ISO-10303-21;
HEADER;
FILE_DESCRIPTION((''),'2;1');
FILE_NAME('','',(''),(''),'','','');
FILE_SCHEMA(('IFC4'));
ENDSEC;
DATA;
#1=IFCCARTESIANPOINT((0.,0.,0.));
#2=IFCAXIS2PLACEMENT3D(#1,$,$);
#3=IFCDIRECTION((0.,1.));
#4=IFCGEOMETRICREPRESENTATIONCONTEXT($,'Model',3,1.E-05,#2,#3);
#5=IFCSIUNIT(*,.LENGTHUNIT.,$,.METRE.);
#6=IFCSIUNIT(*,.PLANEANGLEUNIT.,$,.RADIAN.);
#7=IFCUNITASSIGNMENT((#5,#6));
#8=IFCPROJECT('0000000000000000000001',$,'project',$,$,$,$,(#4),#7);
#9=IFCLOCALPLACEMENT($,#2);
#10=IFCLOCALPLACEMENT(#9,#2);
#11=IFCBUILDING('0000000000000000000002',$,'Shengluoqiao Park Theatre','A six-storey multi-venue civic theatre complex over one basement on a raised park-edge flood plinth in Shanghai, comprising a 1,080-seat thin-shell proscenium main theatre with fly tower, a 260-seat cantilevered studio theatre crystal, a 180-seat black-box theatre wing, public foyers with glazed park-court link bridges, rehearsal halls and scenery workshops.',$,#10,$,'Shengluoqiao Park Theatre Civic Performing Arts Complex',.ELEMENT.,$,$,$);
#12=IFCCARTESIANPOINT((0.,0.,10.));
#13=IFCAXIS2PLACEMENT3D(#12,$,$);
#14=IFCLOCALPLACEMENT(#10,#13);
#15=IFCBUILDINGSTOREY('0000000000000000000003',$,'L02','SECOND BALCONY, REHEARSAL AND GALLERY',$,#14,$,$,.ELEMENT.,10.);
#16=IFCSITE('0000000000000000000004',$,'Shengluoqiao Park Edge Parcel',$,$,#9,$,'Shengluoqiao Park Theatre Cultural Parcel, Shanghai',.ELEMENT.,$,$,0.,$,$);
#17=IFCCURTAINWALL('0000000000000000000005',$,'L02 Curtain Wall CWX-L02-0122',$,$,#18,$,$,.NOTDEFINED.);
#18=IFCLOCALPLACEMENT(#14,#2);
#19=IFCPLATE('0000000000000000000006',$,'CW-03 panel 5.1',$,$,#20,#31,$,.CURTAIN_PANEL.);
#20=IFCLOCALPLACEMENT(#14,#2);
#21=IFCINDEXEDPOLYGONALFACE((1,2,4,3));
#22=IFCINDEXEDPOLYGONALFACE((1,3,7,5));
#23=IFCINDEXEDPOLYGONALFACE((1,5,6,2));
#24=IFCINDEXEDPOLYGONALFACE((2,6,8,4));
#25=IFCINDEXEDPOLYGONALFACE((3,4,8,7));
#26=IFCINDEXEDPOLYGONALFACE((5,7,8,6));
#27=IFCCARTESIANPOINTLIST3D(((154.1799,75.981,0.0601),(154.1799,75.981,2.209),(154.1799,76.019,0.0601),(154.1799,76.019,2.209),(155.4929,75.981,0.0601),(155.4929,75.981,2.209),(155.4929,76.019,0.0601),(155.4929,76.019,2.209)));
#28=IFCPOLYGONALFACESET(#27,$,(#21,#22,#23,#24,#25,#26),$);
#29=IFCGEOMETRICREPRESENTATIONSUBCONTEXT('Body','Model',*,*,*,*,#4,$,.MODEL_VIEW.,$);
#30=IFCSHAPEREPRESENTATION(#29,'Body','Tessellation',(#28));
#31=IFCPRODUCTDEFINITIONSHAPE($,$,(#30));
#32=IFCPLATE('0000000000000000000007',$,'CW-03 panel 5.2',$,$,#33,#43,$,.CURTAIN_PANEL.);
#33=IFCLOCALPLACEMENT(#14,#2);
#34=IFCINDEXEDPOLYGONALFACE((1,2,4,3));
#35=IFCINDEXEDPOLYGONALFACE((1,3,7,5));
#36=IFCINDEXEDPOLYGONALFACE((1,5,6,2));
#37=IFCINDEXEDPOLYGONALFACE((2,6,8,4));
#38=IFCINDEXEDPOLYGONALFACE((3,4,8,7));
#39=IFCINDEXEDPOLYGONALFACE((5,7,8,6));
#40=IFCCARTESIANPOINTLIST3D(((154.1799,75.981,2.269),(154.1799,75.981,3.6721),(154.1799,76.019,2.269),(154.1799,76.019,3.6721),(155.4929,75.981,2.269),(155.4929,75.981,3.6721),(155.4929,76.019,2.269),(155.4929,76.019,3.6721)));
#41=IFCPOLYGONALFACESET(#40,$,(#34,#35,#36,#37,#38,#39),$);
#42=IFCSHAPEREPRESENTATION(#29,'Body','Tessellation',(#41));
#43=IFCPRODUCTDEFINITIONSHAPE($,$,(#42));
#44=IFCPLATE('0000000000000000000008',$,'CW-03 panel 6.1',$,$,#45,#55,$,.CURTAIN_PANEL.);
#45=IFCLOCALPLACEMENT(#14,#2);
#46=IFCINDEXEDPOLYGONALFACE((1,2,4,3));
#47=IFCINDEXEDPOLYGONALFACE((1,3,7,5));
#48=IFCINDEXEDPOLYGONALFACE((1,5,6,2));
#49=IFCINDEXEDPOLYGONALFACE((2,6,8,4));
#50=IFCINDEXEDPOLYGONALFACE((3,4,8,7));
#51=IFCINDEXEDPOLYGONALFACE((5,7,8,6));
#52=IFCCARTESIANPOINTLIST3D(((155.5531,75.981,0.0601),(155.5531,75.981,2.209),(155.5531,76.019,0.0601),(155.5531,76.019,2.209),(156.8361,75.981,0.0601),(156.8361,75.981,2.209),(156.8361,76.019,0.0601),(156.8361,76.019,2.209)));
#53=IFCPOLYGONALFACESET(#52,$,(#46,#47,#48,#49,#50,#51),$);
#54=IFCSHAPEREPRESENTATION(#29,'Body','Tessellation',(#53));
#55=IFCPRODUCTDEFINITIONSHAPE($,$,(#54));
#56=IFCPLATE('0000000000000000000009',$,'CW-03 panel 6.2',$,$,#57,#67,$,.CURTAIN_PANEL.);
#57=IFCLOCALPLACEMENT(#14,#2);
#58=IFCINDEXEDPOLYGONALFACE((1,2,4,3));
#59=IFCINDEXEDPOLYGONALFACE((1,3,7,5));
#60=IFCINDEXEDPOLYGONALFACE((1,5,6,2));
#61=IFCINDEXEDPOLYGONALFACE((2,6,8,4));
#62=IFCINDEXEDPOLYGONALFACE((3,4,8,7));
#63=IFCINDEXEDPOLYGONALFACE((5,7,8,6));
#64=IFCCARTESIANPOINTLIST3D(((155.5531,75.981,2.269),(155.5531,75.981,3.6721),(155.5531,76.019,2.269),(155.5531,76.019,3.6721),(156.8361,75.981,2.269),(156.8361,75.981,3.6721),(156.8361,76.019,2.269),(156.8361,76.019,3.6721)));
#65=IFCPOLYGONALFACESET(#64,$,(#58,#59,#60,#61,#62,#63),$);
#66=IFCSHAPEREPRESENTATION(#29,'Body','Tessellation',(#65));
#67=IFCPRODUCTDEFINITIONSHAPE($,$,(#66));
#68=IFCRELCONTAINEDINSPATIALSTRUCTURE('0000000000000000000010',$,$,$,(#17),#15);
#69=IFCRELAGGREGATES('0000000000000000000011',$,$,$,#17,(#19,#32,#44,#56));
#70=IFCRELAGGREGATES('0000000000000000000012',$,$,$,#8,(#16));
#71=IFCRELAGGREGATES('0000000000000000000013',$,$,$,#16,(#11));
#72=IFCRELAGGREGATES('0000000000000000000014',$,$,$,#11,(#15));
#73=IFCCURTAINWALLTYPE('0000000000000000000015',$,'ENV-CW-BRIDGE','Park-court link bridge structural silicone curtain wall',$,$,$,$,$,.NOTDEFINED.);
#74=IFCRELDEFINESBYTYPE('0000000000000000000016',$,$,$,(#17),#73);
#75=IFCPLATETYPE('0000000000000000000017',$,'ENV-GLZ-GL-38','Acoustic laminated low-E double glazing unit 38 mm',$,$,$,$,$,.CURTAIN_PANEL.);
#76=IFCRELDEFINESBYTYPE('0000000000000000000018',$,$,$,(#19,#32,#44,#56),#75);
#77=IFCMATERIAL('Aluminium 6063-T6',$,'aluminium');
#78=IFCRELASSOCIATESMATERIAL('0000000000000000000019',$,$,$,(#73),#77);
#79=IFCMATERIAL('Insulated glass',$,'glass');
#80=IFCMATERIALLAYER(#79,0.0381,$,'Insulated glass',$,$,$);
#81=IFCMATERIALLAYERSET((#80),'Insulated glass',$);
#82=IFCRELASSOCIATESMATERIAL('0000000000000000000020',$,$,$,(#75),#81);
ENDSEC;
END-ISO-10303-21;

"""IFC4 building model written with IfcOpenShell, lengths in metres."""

from ifc_helpers import new_model, si_unit, direction, frame, origin, origin_2d, place, context, subcontext, project, spatial, rectangle, extrude, material, layer, layer_set, type_object, element, aggregate, save


model = new_model("IFC4")

# Units and contexts
model_context = context("Model", 3, precision=1e-05, world=origin(), true_north=direction((0.0, 1.0)))
body_context = subcontext(model_context, "Body", "Model", "MODEL_VIEW")
ifc_project = project(units=[si_unit("LENGTHUNIT", "METRE"), si_unit("PLANEANGLEUNIT", "RADIAN")], contexts=[model_context])

# Site, building, storey
site_placement = place(None, origin())
site = spatial("IfcSite", under=ifc_project, at=site_placement, Name="Shengluoqiao Park Edge Parcel", LongName="Shengluoqiao Park Theatre Cultural Parcel, Shanghai", CompositionType="ELEMENT", RefElevation=0.0)
building_placement = place(site_placement, origin())
building = spatial("IfcBuilding", under=site, at=building_placement, Name="Shengluoqiao Park Theatre", Description="A six-storey multi-venue civic theatre complex over one basement on a raised park-edge flood plinth in Shanghai, comprising a 1,080-seat thin-shell proscenium main theatre with fly tower, a 260-seat cantilevered studio theatre crystal, a 180-seat black-box theatre wing, public foyers with glazed park-court link bridges, rehearsal halls and scenery workshops.", LongName="Shengluoqiao Park Theatre Civic Performing Arts Complex", CompositionType="ELEMENT")
storey_placement = place(building_placement, frame((0.0, 0.0, 10.0)))
storey = spatial("IfcBuildingStorey", under=building, at=storey_placement, Name="L02", Description="SECOND BALCONY, REHEARSAL AND GALLERY", CompositionType="ELEMENT", Elevation=10.0)

# Curtain wall, plates
ifc_material_1 = material(Name="Aluminium 6063-T6", Category="aluminium")
curtain_wall_type = type_object("IfcCurtainWallType", Name="ENV-CW-BRIDGE", Description="Park-court link bridge structural silicone curtain wall", PredefinedType="NOTDEFINED", material=ifc_material_1)
curtain_wall_placement = place(storey_placement, origin())
curtain_wall = element("IfcCurtainWall", 1, at=curtain_wall_placement, inside=storey, type_object=curtain_wall_type, Name="L02 Curtain Wall CWX-L02-0122", PredefinedType="NOTDEFINED")
ifc_material_2 = material(Name="Insulated glass", Category="glass")
ifc_layer = layer(ifc_material_2, 0.0381, Name="Insulated glass")
ifc_layer_set = layer_set([ifc_layer], Name="Insulated glass")
plate_type = type_object("IfcPlateType", Name="ENV-GLZ-GL-38", Description="Acoustic laminated low-E double glazing unit 38 mm", PredefinedType="CURTAIN_PANEL", material=ifc_layer_set)
plate_1_placement = place(storey_placement, frame((154.8364, 76.0, 0.0601), z_axis=(0.0, 0.0, 1.0), x_axis=(1.0, 0.0, 0.0)))
plate_1 = element("IfcPlate", 2, at=plate_1_placement, type_object=plate_type, Name="CW-03 panel 5.1", PredefinedType="CURTAIN_PANEL", context=body_context, shape_type="SweptSolid", body=[
    extrude(rectangle(XDim=1.313, YDim=0.0381, at=origin_2d()), origin(), (0.0, 0.0, 1.0), 2.1489),
])
plate_2_placement = place(storey_placement, frame((154.8364, 76.0, 2.269), z_axis=(0.0, 0.0, 1.0), x_axis=(1.0, 0.0, 0.0)))
plate_2 = element("IfcPlate", 3, at=plate_2_placement, type_object=plate_type, Name="CW-03 panel 5.2", PredefinedType="CURTAIN_PANEL", context=body_context, shape_type="SweptSolid", body=[
    extrude(rectangle(XDim=1.313, YDim=0.0381, at=origin_2d()), origin(), (0.0, 0.0, 1.0), 1.4031),
])
plate_3_placement = place(storey_placement, frame((156.1946, 76.0, 0.0601), z_axis=(0.0, 0.0, 1.0), x_axis=(1.0, 0.0, 0.0)))
plate_3 = element("IfcPlate", 4, at=plate_3_placement, type_object=plate_type, Name="CW-03 panel 6.1", PredefinedType="CURTAIN_PANEL", context=body_context, shape_type="SweptSolid", body=[
    extrude(rectangle(XDim=1.283, YDim=0.0381, at=origin_2d()), origin(), (0.0, 0.0, 1.0), 2.1489),
])
plate_4_placement = place(storey_placement, frame((156.1946, 76.0, 2.269), z_axis=(0.0, 0.0, 1.0), x_axis=(1.0, 0.0, 0.0)))
plate_4 = element("IfcPlate", 5, at=plate_4_placement, type_object=plate_type, Name="CW-03 panel 6.2", PredefinedType="CURTAIN_PANEL", context=body_context, shape_type="SweptSolid", body=[
    extrude(rectangle(XDim=1.283, YDim=0.0381, at=origin_2d()), origin(), (0.0, 0.0, 1.0), 1.4031),
])
aggregate(curtain_wall, [plate_1, plate_2, plate_3, plate_4])

save(model, "model.ifc")
